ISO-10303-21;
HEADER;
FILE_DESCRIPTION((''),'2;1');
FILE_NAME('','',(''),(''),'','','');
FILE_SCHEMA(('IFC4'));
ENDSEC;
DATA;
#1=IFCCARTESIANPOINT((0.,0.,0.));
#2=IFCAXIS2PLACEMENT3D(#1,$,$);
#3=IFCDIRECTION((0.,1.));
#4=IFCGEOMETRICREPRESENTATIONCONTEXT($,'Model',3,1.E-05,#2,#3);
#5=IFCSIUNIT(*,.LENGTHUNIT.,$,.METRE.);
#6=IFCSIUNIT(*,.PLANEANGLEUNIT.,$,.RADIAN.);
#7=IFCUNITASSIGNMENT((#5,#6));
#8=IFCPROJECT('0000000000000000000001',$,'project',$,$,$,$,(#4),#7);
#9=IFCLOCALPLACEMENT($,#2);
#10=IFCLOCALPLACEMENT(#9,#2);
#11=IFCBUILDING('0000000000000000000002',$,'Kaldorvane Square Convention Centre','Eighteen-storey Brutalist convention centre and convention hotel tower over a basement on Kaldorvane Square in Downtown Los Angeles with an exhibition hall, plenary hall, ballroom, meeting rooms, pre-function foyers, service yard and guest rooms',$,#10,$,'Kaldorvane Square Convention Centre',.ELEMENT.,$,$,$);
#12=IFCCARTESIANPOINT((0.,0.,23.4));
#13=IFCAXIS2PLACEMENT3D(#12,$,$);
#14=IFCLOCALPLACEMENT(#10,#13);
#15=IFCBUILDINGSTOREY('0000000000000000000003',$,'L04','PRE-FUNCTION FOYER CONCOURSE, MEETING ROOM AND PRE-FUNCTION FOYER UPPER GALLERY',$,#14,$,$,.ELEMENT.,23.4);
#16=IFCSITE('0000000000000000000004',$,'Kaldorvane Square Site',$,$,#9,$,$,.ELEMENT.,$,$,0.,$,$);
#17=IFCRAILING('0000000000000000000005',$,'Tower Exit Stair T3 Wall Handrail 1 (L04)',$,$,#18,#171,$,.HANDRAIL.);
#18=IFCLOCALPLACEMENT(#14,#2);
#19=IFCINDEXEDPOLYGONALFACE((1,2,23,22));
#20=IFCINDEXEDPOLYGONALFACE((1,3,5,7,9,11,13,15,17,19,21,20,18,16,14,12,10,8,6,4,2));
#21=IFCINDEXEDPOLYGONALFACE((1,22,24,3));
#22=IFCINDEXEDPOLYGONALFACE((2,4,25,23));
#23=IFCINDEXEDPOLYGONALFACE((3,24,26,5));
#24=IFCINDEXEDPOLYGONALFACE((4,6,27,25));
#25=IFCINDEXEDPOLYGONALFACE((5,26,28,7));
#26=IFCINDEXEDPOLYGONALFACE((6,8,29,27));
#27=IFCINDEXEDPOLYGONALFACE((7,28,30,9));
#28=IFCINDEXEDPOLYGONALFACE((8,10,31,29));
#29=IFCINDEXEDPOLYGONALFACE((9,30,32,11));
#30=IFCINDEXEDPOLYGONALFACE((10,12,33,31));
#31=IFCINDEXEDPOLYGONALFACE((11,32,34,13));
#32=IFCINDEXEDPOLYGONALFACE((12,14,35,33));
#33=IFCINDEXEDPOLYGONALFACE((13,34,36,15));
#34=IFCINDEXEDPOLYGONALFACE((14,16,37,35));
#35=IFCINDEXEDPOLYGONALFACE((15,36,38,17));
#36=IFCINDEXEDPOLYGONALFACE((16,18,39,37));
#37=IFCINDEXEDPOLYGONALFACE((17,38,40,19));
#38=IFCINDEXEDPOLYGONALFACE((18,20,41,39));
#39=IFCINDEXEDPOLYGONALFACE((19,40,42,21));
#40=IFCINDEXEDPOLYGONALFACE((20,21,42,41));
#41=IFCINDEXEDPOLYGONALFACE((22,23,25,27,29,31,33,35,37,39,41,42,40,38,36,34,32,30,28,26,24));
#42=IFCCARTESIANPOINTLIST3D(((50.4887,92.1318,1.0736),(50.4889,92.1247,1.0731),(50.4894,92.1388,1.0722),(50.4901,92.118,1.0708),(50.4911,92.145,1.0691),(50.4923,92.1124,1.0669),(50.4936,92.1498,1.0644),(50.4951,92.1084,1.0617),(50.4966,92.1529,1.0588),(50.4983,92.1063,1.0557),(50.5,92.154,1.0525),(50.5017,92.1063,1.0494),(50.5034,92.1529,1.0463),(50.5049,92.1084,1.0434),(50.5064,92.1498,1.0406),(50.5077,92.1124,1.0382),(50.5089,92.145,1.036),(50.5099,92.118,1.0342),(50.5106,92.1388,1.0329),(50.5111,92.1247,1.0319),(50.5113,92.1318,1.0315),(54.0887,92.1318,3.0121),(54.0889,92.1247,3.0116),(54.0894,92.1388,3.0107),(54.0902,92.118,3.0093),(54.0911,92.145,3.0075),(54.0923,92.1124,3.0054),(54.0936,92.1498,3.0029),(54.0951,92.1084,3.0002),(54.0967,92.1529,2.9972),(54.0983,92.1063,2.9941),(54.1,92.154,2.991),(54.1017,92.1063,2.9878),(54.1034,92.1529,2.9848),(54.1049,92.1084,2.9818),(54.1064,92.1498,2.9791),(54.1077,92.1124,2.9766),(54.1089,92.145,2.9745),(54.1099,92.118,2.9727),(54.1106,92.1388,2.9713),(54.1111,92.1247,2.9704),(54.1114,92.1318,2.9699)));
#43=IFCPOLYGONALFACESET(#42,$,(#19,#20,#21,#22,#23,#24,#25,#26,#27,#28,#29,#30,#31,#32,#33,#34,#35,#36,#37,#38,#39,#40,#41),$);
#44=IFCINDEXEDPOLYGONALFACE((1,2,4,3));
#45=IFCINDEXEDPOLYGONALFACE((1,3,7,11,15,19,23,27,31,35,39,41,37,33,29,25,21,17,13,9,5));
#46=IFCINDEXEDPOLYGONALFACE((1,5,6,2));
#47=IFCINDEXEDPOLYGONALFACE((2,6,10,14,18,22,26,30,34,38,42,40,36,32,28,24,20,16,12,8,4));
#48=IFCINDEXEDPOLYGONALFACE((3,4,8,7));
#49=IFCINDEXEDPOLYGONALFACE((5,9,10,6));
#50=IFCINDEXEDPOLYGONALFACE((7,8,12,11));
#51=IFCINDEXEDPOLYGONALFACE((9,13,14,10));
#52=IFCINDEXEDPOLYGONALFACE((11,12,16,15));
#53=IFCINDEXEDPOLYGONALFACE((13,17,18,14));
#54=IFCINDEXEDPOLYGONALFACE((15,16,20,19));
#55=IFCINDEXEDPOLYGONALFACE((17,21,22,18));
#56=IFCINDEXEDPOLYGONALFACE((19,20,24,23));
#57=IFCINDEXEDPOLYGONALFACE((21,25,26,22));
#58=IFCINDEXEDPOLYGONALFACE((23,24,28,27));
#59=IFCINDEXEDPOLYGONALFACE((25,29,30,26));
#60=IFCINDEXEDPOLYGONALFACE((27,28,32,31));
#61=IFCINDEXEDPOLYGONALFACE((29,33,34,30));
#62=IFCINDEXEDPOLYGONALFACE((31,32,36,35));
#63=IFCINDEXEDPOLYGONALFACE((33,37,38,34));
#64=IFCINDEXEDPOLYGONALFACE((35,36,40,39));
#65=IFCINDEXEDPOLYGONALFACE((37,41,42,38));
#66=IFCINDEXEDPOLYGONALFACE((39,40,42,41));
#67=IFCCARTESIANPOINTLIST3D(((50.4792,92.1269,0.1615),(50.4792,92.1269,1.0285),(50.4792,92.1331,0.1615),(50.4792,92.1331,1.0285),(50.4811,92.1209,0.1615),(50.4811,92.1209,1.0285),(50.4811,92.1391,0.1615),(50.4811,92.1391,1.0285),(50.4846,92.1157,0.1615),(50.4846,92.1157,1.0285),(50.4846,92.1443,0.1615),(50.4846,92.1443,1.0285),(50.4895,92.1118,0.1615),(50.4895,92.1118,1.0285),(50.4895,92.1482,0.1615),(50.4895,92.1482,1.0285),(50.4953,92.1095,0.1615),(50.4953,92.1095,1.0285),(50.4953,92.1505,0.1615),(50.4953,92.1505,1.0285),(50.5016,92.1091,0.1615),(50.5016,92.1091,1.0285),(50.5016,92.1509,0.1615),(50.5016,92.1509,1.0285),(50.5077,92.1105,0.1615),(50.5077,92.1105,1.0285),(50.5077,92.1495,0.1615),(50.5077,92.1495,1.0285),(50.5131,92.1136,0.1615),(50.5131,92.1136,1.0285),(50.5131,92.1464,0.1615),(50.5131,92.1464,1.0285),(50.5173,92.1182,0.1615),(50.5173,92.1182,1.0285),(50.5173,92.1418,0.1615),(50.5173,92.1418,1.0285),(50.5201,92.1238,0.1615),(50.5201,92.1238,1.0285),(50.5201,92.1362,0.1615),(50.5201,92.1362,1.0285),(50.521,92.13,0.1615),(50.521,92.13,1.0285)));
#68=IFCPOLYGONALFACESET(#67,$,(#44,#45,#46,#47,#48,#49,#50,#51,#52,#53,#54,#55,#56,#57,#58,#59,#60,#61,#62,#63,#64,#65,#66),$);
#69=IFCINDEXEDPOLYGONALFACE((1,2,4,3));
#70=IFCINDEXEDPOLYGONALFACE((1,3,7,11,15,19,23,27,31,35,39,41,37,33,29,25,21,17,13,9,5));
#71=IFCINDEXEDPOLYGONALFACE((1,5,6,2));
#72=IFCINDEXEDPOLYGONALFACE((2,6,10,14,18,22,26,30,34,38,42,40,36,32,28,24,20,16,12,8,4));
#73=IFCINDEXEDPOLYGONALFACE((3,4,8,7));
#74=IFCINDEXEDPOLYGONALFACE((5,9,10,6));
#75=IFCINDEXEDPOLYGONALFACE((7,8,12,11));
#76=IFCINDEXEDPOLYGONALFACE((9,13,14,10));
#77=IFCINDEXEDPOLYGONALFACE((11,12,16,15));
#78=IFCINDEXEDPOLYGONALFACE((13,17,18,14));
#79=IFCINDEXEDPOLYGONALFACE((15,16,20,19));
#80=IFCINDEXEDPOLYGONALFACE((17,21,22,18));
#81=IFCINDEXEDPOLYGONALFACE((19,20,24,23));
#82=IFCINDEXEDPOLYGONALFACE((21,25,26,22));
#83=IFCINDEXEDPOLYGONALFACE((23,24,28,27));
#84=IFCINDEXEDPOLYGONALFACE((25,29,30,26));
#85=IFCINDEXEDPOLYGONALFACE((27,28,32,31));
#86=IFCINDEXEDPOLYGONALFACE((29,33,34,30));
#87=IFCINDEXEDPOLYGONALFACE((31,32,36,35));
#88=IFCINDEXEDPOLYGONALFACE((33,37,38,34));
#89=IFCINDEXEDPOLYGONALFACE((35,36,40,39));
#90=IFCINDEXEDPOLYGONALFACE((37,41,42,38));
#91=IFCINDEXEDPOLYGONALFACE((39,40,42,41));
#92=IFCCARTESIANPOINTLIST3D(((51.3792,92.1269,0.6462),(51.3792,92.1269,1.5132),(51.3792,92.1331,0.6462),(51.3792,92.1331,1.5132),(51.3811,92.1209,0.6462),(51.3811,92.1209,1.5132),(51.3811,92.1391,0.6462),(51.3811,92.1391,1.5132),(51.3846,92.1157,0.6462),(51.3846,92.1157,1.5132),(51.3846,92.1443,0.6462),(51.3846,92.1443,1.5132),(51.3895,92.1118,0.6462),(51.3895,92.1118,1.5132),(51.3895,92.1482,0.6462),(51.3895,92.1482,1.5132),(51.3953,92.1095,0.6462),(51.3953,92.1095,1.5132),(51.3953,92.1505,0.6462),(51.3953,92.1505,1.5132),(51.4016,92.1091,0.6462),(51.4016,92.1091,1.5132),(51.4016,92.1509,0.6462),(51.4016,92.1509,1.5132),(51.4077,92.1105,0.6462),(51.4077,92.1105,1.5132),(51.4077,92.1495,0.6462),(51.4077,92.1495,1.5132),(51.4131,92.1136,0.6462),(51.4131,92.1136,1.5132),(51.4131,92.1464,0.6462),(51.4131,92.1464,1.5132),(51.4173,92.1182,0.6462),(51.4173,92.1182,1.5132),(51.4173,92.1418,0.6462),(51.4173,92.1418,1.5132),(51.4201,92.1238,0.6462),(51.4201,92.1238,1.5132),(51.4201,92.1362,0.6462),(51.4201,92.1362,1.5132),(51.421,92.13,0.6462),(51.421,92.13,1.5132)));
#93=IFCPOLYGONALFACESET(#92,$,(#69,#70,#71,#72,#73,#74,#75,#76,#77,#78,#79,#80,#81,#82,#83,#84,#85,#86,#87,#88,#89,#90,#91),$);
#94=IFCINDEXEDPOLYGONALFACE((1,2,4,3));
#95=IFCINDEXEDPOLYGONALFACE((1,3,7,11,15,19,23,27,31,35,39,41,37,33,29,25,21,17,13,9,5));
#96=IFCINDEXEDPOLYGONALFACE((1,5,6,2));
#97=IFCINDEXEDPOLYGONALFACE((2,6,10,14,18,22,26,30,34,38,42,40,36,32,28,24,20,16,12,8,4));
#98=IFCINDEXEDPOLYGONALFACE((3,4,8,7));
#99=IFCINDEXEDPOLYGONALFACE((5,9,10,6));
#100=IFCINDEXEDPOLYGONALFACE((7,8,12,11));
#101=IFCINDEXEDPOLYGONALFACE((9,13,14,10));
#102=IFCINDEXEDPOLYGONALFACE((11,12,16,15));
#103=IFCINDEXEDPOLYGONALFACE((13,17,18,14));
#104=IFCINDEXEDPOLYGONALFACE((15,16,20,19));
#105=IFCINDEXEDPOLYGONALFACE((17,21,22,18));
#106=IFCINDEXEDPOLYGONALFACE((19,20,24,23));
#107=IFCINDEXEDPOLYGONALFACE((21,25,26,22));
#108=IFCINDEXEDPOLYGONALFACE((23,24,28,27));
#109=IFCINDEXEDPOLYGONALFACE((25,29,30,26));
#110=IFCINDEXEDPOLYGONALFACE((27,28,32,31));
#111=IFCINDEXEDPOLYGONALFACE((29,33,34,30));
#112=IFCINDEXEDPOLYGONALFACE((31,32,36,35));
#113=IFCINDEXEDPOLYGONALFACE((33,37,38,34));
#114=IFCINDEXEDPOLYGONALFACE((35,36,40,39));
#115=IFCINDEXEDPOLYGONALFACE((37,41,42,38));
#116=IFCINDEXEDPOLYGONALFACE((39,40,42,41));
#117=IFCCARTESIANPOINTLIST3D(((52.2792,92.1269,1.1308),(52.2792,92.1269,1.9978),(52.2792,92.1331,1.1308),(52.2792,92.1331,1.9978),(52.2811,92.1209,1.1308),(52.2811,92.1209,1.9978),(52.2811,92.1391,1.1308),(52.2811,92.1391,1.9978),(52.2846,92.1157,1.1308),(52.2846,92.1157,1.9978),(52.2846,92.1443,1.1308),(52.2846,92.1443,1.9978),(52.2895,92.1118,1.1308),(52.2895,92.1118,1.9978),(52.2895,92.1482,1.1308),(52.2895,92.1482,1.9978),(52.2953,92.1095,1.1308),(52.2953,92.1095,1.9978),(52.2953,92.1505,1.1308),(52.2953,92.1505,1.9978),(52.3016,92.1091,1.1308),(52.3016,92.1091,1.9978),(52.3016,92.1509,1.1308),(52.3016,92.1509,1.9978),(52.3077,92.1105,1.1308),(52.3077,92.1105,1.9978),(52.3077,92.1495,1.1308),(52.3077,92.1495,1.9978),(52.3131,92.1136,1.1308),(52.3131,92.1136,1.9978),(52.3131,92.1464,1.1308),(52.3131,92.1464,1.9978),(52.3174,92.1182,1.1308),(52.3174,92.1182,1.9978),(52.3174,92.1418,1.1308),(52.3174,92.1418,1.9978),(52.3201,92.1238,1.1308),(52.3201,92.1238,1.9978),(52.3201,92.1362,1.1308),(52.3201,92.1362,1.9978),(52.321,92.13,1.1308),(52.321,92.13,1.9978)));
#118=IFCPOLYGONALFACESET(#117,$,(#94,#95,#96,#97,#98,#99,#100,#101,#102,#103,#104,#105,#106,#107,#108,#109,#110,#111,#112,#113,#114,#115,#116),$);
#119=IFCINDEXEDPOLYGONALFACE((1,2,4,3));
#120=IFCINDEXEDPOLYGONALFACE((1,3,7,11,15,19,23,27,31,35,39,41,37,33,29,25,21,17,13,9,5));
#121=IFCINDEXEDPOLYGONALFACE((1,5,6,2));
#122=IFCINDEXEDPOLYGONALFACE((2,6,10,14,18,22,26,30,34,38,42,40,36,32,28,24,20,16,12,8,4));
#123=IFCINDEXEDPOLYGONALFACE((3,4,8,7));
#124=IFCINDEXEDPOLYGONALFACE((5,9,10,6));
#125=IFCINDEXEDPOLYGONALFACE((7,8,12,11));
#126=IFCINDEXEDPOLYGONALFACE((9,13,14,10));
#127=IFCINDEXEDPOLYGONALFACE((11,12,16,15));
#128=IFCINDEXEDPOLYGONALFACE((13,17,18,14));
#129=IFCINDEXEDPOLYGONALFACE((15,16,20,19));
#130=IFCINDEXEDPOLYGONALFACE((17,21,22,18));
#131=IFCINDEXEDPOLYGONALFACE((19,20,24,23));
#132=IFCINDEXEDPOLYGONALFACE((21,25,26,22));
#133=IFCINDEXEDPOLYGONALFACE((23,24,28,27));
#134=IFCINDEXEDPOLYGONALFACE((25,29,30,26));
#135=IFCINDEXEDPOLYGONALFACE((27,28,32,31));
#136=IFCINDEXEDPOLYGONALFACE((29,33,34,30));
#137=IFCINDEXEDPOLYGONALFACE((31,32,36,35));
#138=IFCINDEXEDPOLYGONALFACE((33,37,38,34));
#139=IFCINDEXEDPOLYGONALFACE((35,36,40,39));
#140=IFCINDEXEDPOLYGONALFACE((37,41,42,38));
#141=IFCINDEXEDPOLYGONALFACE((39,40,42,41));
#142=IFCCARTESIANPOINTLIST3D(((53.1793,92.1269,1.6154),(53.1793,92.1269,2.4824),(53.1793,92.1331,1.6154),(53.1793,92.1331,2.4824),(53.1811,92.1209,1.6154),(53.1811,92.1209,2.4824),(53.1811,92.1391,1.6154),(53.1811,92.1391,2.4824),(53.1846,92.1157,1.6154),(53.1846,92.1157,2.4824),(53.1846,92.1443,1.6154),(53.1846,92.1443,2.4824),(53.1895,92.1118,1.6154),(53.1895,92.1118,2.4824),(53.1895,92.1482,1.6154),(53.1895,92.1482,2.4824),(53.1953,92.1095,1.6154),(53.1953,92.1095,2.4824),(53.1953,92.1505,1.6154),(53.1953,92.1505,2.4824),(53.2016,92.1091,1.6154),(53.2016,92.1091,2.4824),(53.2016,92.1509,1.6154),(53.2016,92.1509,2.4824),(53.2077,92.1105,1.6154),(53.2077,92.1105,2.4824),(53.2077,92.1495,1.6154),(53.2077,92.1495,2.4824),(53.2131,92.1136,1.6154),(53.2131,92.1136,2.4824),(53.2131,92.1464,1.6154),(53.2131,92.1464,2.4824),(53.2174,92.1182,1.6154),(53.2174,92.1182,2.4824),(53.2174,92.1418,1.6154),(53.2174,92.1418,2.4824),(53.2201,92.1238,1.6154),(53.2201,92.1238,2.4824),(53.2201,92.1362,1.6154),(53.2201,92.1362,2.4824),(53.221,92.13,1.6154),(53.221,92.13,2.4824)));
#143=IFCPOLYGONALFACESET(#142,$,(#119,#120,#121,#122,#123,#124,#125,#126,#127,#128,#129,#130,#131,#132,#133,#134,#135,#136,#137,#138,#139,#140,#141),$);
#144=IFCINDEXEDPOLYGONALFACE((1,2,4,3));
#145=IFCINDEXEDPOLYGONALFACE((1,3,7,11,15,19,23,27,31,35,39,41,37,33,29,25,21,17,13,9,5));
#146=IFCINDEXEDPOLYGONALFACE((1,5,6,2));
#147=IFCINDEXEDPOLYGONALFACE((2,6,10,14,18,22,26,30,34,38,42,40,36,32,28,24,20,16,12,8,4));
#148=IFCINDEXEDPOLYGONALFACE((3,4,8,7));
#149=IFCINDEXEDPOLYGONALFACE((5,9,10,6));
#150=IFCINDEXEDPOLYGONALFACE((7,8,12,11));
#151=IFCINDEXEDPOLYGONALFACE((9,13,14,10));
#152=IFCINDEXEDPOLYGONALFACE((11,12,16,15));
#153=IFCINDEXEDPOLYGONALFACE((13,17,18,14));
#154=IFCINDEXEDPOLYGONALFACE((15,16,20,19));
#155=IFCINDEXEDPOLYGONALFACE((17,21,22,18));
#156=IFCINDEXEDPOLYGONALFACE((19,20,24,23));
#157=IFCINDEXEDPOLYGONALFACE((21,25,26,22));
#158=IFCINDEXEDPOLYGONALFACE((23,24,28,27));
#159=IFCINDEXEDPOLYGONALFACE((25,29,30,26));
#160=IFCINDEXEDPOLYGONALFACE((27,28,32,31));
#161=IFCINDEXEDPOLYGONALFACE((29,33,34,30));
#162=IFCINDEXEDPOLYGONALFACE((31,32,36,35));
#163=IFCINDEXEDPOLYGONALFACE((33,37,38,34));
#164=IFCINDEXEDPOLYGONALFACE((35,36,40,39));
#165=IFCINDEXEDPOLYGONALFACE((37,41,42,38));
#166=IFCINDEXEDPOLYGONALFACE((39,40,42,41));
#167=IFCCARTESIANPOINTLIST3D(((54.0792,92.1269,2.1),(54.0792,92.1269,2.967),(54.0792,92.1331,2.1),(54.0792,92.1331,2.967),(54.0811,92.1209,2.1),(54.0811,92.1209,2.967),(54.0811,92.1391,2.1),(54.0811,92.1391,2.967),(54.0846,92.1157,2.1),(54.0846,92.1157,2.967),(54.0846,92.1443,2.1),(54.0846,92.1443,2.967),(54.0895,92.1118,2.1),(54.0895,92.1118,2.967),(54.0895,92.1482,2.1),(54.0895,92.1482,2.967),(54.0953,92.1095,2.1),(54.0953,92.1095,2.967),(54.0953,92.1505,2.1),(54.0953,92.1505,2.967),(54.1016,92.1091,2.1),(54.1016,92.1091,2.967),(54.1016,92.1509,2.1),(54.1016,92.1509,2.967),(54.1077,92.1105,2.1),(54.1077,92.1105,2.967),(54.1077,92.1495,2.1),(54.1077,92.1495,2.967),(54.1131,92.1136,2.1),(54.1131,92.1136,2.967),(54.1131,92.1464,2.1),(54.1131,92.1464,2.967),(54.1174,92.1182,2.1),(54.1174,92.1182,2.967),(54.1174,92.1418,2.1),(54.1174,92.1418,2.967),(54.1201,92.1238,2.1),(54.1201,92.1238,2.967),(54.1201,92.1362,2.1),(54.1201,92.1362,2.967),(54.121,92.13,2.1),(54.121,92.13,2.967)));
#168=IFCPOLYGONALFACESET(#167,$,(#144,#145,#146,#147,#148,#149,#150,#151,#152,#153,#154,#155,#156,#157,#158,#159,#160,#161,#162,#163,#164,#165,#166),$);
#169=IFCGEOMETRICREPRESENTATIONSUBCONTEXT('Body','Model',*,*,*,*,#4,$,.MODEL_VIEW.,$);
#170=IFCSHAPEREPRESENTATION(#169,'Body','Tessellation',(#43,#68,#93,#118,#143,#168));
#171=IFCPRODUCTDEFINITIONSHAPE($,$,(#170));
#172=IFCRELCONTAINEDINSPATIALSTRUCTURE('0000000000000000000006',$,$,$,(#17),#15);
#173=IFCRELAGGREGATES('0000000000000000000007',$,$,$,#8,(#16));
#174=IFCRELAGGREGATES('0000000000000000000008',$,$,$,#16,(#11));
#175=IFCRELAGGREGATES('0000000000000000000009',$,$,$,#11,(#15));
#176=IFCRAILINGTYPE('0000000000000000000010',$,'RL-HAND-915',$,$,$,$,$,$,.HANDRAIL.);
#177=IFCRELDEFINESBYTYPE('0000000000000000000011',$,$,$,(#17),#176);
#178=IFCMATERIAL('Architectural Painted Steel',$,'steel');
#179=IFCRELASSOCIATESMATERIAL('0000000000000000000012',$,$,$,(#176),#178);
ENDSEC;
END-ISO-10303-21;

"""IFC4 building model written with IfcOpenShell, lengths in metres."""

from ifc_helpers import new_model, si_unit, direction, frame, origin, origin_2d, place, context, subcontext, project, spatial, circle, extrude, material, type_object, element, save


model = new_model("IFC4")

# Units and contexts
model_context = context("Model", 3, precision=1e-05, world=origin(), true_north=direction((0.0, 1.0)))
body_context = subcontext(model_context, "Body", "Model", "MODEL_VIEW")
ifc_project = project(units=[si_unit("LENGTHUNIT", "METRE"), si_unit("PLANEANGLEUNIT", "RADIAN")], contexts=[model_context])

# Site, building, storey
site_placement = place(None, origin())
site = spatial("IfcSite", under=ifc_project, at=site_placement, Name="Kaldorvane Square Site", CompositionType="ELEMENT", RefElevation=0.0)
building_placement = place(site_placement, origin())
building = spatial("IfcBuilding", under=site, at=building_placement, Name="Kaldorvane Square Convention Centre", Description="Eighteen-storey Brutalist convention centre and convention hotel tower over a basement on Kaldorvane Square in Downtown Los Angeles with an exhibition hall, plenary hall, ballroom, meeting rooms, pre-function foyers, service yard and guest rooms", LongName="Kaldorvane Square Convention Centre", CompositionType="ELEMENT")
storey_placement = place(building_placement, frame((0.0, 0.0, 23.4)))
storey = spatial("IfcBuildingStorey", under=building, at=storey_placement, Name="L04", Description="PRE-FUNCTION FOYER CONCOURSE, MEETING ROOM AND PRE-FUNCTION FOYER UPPER GALLERY", CompositionType="ELEMENT", Elevation=23.4)

# Railing
ifc_material_1 = material(Name="Architectural Painted Steel", Category="steel")
railing_type_1 = type_object("IfcRailingType", Name="RL-HAND-915", PredefinedType="HANDRAIL", material=ifc_material_1)
railing_1_placement = place(storey_placement, frame((50.5, 92.13, 0.1615)))
element("IfcRailing", 1, at=railing_1_placement, inside=storey, type_object=railing_type_1, Name="Tower Exit Stair T3 Wall Handrail 1 (L04)", PredefinedType="HANDRAIL", context=body_context, shape_type="SweptSolid", body=[
    extrude(circle(Radius=0.024, at=origin_2d()), frame((0.0, 0.0, 0.891), z_axis=(0.880471, 0.0, 0.474099), x_axis=(0.0, 1.0, 0.0)), (0.0, 0.0, 1.0), 4.0887),
    extrude(circle(Radius=0.021, at=origin_2d()), origin(), (0.0, 0.0, 1.0), 0.867),
    extrude(circle(Radius=0.021, at=origin_2d()), frame((0.9, 0.0, 0.4846)), (0.0, 0.0, 1.0), 0.867),
    extrude(circle(Radius=0.021, at=origin_2d()), frame((1.8, 0.0, 0.9692)), (0.0, 0.0, 1.0), 0.867),
    extrude(circle(Radius=0.021, at=origin_2d()), frame((2.7, 0.0, 1.4538)), (0.0, 0.0, 1.0), 0.867),
    extrude(circle(Radius=0.021, at=origin_2d()), frame((3.6, 0.0, 1.9385)), (0.0, 0.0, 1.0), 0.867),
])

save(model, "model.ifc")
